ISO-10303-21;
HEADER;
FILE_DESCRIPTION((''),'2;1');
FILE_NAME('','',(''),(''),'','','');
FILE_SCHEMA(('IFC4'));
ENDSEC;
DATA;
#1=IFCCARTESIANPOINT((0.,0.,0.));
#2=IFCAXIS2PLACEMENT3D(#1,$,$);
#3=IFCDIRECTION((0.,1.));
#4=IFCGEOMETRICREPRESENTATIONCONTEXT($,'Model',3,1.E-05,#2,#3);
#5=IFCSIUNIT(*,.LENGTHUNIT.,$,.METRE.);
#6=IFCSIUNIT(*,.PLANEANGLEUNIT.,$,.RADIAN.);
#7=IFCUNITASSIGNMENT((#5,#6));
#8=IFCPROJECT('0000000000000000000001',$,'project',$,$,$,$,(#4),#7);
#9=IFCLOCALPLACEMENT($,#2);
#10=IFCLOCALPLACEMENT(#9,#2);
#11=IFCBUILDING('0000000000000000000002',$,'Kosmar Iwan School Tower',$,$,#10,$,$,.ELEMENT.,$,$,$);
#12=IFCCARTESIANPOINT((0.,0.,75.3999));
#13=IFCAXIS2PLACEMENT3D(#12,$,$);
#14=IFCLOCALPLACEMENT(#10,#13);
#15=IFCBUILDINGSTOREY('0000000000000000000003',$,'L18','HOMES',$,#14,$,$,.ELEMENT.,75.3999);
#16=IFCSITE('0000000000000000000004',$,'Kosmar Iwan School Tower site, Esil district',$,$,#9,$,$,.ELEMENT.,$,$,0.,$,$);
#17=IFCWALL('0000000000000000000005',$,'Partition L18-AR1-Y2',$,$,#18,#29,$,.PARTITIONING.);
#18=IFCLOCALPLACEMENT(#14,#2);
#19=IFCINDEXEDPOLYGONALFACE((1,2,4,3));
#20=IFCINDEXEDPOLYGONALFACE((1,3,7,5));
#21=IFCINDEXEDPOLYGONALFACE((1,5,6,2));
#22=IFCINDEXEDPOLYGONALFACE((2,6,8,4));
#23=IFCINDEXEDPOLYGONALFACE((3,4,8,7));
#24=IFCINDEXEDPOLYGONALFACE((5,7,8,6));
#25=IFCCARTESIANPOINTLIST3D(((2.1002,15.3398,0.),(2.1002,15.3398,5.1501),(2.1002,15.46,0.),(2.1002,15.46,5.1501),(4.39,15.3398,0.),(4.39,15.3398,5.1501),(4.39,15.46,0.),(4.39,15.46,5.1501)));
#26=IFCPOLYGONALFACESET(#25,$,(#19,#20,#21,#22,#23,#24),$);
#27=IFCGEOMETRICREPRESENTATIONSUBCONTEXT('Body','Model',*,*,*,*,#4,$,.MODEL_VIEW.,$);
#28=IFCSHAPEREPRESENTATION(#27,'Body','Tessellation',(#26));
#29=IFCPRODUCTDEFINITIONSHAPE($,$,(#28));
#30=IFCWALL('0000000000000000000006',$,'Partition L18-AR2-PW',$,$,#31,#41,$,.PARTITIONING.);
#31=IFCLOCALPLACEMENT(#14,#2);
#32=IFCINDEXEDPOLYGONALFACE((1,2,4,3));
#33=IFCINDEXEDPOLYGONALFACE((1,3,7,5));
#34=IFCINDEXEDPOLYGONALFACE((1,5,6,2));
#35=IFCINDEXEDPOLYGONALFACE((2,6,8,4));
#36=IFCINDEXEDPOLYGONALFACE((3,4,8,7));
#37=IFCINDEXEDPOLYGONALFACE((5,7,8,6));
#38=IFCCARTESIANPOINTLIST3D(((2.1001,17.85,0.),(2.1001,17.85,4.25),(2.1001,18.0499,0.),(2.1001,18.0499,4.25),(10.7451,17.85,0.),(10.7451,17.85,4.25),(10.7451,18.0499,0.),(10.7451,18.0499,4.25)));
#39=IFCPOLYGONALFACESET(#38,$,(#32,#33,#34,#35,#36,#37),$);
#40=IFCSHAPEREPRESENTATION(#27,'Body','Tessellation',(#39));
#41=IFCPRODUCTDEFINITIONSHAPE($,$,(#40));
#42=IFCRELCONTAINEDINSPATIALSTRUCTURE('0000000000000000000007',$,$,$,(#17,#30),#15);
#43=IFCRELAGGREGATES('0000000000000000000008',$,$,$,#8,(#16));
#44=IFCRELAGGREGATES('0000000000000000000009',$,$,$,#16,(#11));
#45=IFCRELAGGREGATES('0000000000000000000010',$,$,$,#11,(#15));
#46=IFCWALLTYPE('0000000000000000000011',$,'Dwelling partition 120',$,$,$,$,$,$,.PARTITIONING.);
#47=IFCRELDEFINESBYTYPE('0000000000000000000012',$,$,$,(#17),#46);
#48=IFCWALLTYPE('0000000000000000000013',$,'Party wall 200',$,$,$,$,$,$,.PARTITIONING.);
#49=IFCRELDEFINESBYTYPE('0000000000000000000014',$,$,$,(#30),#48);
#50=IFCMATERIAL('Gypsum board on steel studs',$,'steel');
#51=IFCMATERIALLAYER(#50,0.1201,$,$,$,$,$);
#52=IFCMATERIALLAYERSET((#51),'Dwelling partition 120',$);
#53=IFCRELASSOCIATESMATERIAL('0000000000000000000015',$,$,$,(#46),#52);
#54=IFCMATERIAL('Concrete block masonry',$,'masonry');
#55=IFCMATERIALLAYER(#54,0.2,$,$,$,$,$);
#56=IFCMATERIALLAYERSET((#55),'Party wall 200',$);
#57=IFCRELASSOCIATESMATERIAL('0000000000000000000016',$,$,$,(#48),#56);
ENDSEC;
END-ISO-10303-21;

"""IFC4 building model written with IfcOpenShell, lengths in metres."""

from ifc_helpers import new_model, si_unit, direction, frame, frame_2d, origin, place, context, subcontext, project, spatial, rectangle, extrude, material, layer, layer_set, type_object, element, save


model = new_model("IFC4")

# Units and contexts
model_context = context("Model", 3, precision=1e-05, world=origin(), true_north=direction((0.0, 1.0)))
body_context = subcontext(model_context, "Body", "Model", "MODEL_VIEW")
ifc_project = project(units=[si_unit("LENGTHUNIT", "METRE"), si_unit("PLANEANGLEUNIT", "RADIAN")], contexts=[model_context])

# Site, building, storey
site_placement = place(None, origin())
site = spatial("IfcSite", under=ifc_project, at=site_placement, Name="Kosmar Iwan School Tower site, Esil district", CompositionType="ELEMENT", RefElevation=0.0)
building_placement = place(site_placement, origin())
building = spatial("IfcBuilding", under=site, at=building_placement, Name="Kosmar Iwan School Tower", CompositionType="ELEMENT")
storey_placement = place(building_placement, frame((0.0, 0.0, 75.3999)))
storey = spatial("IfcBuildingStorey", under=building, at=storey_placement, Name="L18", Description="HOMES", CompositionType="ELEMENT", Elevation=75.3999)

# Walls
ifc_material_1 = material(Name="Gypsum board on steel studs", Category="steel")
ifc_layer_1 = layer(ifc_material_1, 0.1201)
ifc_layer_set_1 = layer_set([ifc_layer_1], Name="Dwelling partition 120")
wall_type_1 = type_object("IfcWallType", Name="Dwelling partition 120", PredefinedType="PARTITIONING", material=ifc_layer_set_1)
for number, where, z_axis, x_axis, name in (
    (1, (2.1001, 15.3999, 0.0), (0.0, 0.0, 1.0), (1.0, 0.0, 0.0), "Partition L18-AR1-Y2"),
):
    element("IfcWall", number, at=place(storey_placement, frame(where, z_axis=z_axis, x_axis=x_axis)), inside=storey, type_object=wall_type_1, Name=name, PredefinedType="PARTITIONING", context=body_context, shape_type="SweptSolid", body=[
        extrude(rectangle(XDim=2.2898, YDim=0.1201, at=frame_2d((1.145, 0.0))), origin(), (0.0, 0.0, 1.0), 5.1501),
    ])
ifc_material_2 = material(Name="Concrete block masonry", Category="masonry")
ifc_layer_2 = layer(ifc_material_2, 0.2)
ifc_layer_set_2 = layer_set([ifc_layer_2], Name="Party wall 200")
wall_type_2 = type_object("IfcWallType", Name="Party wall 200", PredefinedType="PARTITIONING", material=ifc_layer_set_2)
wall_1_placement = place(storey_placement, frame((2.1001, 17.95, 0.0), z_axis=(0.0, 0.0, 1.0), x_axis=(1.0, 0.0, 0.0)))
element("IfcWall", 2, at=wall_1_placement, inside=storey, type_object=wall_type_2, Name="Partition L18-AR2-PW", PredefinedType="PARTITIONING", context=body_context, shape_type="SweptSolid", body=[
    extrude(rectangle(XDim=8.645, YDim=0.2, at=frame_2d((4.3225, 0.0))), origin(), (0.0, 0.0, 1.0), 4.25),
])

save(model, "model.ifc")
